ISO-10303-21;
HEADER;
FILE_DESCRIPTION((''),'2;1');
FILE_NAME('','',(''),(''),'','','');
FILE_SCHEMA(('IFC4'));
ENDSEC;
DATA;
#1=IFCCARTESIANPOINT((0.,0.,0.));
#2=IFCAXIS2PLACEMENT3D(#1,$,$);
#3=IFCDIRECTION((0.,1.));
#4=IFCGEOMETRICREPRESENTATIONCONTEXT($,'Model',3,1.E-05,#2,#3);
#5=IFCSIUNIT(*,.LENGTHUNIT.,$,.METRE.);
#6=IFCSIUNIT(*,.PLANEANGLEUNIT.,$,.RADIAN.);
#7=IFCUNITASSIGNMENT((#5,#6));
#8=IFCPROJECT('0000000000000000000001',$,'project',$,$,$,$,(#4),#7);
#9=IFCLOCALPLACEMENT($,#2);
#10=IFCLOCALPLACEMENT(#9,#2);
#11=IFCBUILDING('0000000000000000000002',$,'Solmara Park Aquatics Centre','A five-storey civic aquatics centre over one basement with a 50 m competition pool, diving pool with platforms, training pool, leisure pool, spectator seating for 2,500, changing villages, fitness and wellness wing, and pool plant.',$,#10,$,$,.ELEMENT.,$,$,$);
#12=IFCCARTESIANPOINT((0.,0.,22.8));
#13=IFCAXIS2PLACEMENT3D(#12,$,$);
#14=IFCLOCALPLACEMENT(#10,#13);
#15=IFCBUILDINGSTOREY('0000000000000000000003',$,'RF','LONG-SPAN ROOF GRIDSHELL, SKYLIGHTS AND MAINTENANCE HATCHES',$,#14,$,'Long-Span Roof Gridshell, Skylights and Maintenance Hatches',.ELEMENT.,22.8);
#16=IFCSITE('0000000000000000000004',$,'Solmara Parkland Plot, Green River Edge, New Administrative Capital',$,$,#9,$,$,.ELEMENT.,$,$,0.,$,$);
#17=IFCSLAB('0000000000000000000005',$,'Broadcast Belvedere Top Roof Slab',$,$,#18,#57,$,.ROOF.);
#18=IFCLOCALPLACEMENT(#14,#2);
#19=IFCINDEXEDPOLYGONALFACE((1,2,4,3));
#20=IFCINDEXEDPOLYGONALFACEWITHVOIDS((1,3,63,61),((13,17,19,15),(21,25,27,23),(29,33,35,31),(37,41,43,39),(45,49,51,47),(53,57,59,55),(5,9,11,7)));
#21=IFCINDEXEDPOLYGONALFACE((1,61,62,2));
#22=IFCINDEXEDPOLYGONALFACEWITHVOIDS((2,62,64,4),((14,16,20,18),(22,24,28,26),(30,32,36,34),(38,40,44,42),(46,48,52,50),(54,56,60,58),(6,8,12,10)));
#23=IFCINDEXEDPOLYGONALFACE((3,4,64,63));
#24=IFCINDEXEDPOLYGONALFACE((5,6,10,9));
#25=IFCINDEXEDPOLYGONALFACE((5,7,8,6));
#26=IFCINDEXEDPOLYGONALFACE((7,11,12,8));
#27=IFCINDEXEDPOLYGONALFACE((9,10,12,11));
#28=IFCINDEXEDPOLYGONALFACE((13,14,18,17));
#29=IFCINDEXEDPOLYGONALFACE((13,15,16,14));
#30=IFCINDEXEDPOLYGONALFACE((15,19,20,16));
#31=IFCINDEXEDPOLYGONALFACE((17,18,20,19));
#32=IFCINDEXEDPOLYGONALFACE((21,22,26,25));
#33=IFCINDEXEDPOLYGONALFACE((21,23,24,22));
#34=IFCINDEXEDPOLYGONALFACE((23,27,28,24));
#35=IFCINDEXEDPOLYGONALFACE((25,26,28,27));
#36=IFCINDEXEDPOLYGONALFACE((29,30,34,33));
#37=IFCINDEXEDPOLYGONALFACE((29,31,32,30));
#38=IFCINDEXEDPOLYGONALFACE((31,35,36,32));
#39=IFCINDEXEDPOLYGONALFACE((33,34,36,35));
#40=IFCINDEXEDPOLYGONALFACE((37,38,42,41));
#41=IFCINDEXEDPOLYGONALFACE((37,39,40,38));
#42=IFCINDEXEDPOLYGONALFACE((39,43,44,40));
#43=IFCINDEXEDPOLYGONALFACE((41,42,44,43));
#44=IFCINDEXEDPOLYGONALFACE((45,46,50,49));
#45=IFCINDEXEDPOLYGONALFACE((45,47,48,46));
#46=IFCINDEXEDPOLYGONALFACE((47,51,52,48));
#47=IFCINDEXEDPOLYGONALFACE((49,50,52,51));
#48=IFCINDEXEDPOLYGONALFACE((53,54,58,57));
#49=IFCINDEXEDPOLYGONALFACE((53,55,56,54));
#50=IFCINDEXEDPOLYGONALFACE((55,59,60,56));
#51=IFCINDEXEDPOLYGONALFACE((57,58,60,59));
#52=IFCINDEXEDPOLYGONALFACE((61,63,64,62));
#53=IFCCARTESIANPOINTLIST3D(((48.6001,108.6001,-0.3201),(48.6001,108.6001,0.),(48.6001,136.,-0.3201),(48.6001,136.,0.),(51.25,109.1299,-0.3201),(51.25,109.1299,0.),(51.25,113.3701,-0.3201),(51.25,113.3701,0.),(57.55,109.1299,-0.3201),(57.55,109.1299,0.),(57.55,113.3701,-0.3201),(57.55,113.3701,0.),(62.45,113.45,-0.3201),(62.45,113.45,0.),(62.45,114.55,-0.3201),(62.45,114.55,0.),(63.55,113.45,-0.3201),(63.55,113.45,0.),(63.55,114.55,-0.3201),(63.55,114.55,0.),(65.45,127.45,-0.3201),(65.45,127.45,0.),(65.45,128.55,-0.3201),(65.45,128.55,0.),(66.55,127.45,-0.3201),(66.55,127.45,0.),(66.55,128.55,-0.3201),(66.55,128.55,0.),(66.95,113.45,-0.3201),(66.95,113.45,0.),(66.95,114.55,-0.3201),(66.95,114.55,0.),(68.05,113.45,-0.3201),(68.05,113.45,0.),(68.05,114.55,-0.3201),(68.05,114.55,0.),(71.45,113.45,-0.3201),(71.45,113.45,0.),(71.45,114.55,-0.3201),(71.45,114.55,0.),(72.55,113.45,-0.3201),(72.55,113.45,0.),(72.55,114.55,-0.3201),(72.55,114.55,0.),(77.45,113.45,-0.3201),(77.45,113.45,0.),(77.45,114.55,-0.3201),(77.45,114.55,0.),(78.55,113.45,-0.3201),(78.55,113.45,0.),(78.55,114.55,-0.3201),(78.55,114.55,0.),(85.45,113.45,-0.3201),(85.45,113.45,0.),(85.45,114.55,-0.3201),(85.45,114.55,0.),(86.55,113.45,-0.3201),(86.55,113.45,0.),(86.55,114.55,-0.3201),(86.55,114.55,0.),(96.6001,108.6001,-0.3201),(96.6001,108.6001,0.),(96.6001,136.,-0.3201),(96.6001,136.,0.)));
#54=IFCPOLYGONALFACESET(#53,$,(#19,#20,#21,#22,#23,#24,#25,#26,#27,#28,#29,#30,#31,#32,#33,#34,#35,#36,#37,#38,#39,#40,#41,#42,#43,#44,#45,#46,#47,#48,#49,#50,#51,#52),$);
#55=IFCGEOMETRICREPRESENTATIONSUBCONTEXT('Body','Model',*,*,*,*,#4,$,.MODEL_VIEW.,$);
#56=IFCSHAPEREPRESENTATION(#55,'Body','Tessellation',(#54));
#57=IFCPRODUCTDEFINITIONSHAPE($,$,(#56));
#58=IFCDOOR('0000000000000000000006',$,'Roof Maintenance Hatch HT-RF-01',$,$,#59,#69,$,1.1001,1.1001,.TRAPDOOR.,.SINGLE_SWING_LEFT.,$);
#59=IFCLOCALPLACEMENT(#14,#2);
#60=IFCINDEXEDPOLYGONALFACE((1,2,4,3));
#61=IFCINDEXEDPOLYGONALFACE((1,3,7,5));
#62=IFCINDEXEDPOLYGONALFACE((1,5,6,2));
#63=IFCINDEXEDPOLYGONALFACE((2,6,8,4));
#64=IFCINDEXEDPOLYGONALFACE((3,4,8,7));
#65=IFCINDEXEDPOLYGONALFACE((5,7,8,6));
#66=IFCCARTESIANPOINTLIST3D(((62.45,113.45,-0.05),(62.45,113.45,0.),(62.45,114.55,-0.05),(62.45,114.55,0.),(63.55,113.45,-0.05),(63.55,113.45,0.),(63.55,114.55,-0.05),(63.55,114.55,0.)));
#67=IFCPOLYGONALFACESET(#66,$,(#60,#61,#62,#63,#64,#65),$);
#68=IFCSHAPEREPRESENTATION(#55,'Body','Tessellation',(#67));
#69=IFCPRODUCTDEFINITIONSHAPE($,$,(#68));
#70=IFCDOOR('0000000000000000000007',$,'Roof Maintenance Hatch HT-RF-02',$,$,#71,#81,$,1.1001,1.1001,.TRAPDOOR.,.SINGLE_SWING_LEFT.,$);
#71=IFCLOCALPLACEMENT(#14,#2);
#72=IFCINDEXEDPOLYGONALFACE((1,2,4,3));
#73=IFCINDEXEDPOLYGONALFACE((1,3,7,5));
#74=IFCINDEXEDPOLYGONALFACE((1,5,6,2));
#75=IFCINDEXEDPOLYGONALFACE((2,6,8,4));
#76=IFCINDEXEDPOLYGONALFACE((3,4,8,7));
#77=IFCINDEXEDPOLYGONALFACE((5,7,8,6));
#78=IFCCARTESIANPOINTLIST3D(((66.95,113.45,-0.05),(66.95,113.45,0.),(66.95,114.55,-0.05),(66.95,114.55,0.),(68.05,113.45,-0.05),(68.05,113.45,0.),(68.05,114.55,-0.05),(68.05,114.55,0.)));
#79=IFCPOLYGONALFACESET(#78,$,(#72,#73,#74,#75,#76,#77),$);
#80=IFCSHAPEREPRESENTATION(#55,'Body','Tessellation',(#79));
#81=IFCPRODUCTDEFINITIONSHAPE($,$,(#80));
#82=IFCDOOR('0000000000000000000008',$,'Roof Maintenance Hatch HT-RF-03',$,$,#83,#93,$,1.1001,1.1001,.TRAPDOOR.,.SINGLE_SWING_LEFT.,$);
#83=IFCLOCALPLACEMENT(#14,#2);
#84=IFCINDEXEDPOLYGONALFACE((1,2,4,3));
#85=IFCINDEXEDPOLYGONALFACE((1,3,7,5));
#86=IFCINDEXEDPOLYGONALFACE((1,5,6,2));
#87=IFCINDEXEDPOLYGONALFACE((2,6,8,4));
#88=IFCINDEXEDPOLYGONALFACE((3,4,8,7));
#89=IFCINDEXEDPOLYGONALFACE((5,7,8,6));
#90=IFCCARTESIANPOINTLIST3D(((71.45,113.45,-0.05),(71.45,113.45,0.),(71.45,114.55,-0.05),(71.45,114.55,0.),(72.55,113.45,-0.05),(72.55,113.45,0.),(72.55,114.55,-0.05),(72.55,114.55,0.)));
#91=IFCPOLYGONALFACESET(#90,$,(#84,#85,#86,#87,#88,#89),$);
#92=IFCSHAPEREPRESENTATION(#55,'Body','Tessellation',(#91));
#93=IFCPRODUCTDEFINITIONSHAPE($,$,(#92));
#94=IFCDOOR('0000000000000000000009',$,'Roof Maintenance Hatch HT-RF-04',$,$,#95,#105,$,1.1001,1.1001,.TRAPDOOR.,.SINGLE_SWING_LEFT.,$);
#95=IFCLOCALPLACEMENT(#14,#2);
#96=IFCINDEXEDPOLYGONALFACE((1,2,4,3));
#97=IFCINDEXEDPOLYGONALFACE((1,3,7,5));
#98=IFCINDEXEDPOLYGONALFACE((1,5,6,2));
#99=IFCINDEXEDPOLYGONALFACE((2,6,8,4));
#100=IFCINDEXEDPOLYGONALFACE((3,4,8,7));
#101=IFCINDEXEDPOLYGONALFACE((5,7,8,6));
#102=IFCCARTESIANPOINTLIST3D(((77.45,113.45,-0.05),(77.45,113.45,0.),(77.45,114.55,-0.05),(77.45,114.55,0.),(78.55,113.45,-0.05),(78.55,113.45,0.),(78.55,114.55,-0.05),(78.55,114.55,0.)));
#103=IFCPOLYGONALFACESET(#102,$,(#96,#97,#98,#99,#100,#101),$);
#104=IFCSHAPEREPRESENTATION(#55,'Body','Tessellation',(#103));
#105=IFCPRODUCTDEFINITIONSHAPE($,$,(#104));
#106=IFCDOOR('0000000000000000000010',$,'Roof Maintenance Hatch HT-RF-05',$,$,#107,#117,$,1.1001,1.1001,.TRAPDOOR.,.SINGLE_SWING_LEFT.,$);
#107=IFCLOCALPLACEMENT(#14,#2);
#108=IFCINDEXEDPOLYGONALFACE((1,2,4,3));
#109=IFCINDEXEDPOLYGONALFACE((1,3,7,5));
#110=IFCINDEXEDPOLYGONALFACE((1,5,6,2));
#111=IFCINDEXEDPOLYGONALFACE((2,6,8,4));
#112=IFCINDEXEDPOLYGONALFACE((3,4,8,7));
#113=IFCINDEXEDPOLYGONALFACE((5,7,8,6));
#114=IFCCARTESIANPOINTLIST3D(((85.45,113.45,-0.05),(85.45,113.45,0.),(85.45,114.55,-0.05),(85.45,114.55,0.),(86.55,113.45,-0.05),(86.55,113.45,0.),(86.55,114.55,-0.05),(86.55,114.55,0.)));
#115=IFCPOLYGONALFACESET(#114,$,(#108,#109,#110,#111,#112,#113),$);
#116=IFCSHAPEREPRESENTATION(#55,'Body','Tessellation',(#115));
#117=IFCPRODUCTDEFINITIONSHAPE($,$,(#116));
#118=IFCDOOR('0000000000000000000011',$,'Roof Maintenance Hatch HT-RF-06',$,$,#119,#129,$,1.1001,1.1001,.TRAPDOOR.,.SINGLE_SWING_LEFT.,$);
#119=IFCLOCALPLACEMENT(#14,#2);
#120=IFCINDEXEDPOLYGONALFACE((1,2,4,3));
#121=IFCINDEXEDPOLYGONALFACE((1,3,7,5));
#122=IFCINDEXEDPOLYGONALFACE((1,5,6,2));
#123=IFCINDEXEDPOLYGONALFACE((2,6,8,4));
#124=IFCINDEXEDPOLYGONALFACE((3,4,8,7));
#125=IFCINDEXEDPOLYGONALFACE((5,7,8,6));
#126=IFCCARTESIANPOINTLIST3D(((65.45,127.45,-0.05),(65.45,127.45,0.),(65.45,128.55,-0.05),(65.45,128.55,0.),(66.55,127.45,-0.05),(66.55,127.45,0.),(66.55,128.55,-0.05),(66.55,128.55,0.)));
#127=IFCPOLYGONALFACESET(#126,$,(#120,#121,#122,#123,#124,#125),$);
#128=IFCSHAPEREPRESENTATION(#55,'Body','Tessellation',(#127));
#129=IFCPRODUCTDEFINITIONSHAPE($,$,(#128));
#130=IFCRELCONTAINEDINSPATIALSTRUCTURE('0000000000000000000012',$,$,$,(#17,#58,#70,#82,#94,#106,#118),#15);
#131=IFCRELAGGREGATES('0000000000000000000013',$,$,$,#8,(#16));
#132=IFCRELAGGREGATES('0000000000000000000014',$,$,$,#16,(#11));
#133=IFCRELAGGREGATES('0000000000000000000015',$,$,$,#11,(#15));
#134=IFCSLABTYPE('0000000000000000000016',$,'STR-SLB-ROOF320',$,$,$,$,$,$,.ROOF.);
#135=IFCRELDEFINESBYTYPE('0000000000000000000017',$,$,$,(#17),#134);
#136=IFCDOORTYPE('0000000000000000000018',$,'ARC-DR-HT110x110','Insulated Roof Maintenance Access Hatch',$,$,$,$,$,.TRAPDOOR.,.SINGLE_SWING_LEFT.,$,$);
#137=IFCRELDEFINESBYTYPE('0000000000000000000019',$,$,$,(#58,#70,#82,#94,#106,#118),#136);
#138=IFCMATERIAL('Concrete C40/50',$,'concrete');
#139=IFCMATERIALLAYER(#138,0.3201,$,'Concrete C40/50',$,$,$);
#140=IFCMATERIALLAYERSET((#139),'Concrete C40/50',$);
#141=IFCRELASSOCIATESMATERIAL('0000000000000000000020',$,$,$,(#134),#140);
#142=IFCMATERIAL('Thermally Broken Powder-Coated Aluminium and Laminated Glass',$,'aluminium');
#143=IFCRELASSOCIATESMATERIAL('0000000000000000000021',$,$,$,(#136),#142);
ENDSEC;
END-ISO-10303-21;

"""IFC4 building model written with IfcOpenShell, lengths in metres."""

from ifc_helpers import new_model, si_unit, direction, frame, origin, origin_2d, place, context, subcontext, project, spatial, polyline, rectangle, outline, extrude, material, layer, layer_set, type_object, element, fill, save


model = new_model("IFC4")

# Units and contexts
model_context = context("Model", 3, precision=1e-05, world=origin(), true_north=direction((0.0, 1.0)))
body_context = subcontext(model_context, "Body", "Model", "MODEL_VIEW")
ifc_project = project(units=[si_unit("LENGTHUNIT", "METRE"), si_unit("PLANEANGLEUNIT", "RADIAN")], contexts=[model_context])

# Site, building, storey
site_placement = place(None, origin())
site = spatial("IfcSite", under=ifc_project, at=site_placement, Name="Solmara Parkland Plot, Green River Edge, New Administrative Capital", CompositionType="ELEMENT", RefElevation=0.0)
building_placement = place(site_placement, origin())
building = spatial("IfcBuilding", under=site, at=building_placement, Name="Solmara Park Aquatics Centre", Description="A five-storey civic aquatics centre over one basement with a 50 m competition pool, diving pool with platforms, training pool, leisure pool, spectator seating for 2,500, changing villages, fitness and wellness wing, and pool plant.", CompositionType="ELEMENT")
storey_placement = place(building_placement, frame((0.0, 0.0, 22.8)))
storey = spatial("IfcBuildingStorey", under=building, at=storey_placement, Name="RF", Description="LONG-SPAN ROOF GRIDSHELL, SKYLIGHTS AND MAINTENANCE HATCHES", LongName="Long-Span Roof Gridshell, Skylights and Maintenance Hatches", CompositionType="ELEMENT", Elevation=22.8)

# Shared definitions
ifc_material_1 = material(Name="Concrete C40/50", Category="concrete")

# Shared definitions
ifc_layer_1 = layer(ifc_material_1, 0.3201, Name="Concrete C40/50")
ifc_layer_set_1 = layer_set([ifc_layer_1], Name="Concrete C40/50")
slab_type_1 = type_object("IfcSlabType", Name="STR-SLB-ROOF320", PredefinedType="ROOF", material=ifc_layer_set_1)

# Slab, openings, doors
slab_1_placement = place(storey_placement, frame((0.0, 0.0, -0.3201)))
slab_1 = element("IfcSlab", 1, at=slab_1_placement, inside=storey, type_object=slab_type_1, Name="Broadcast Belvedere Top Roof Slab", PredefinedType="ROOF", context=body_context, shape_type="SweptSolid", body=[
    extrude(outline(polyline([(48.6001, 108.6001), (96.6001, 108.6001), (96.6001, 136.0), (48.6001, 136.0), (48.6001, 108.6001)]), holes=[polyline([(51.25, 109.1299), (57.55, 109.1299), (57.55, 113.3701), (51.25, 113.3701), (51.25, 109.1299)])]), origin(), (0.0, 0.0, 1.0), 0.3201),
])
opening_1_placement = place(slab_1_placement, frame((63.0, 114.0, 0.0)))
opening_1 = element("IfcOpeningElement", 2, at=opening_1_placement, cuts=slab_1, PredefinedType="OPENING", context=body_context, shape_type="SweptSolid", body=[
    extrude(rectangle(XDim=1.1001, YDim=1.1001, at=origin_2d()), frame((0.0, 0.0, -0.01)), (0.0, 0.0, 1.0), 0.3401),
])
opening_2_placement = place(slab_1_placement, frame((67.5, 114.0, 0.0)))
opening_2 = element("IfcOpeningElement", 3, at=opening_2_placement, cuts=slab_1, PredefinedType="OPENING", context=body_context, shape_type="SweptSolid", body=[
    extrude(rectangle(XDim=1.1001, YDim=1.1001, at=origin_2d()), frame((0.0, 0.0, -0.01)), (0.0, 0.0, 1.0), 0.3401),
])
opening_3_placement = place(slab_1_placement, frame((72.0, 114.0, 0.0)))
opening_3 = element("IfcOpeningElement", 4, at=opening_3_placement, cuts=slab_1, PredefinedType="OPENING", context=body_context, shape_type="SweptSolid", body=[
    extrude(rectangle(XDim=1.1001, YDim=1.1001, at=origin_2d()), frame((0.0, 0.0, -0.01)), (0.0, 0.0, 1.0), 0.3401),
])
opening_4_placement = place(slab_1_placement, frame((78.0, 114.0, 0.0)))
opening_4 = element("IfcOpeningElement", 5, at=opening_4_placement, cuts=slab_1, PredefinedType="OPENING", context=body_context, shape_type="SweptSolid", body=[
    extrude(rectangle(XDim=1.1001, YDim=1.1001, at=origin_2d()), frame((0.0, 0.0, -0.01)), (0.0, 0.0, 1.0), 0.3401),
])
opening_5_placement = place(slab_1_placement, frame((86.0, 114.0, 0.0)))
opening_5 = element("IfcOpeningElement", 6, at=opening_5_placement, cuts=slab_1, PredefinedType="OPENING", context=body_context, shape_type="SweptSolid", body=[
    extrude(rectangle(XDim=1.1001, YDim=1.1001, at=origin_2d()), frame((0.0, 0.0, -0.01)), (0.0, 0.0, 1.0), 0.3401),
])
opening_6_placement = place(slab_1_placement, frame((66.0, 128.0, 0.0)))
opening_6 = element("IfcOpeningElement", 7, at=opening_6_placement, cuts=slab_1, PredefinedType="OPENING", context=body_context, shape_type="SweptSolid", body=[
    extrude(rectangle(XDim=1.1001, YDim=1.1001, at=origin_2d()), frame((0.0, 0.0, -0.01)), (0.0, 0.0, 1.0), 0.3401),
])
ifc_material_2 = material(Name="Thermally Broken Powder-Coated Aluminium and Laminated Glass", Category="aluminium")
door_type = type_object("IfcDoorType", Name="ARC-DR-HT110x110", Description="Insulated Roof Maintenance Access Hatch", OperationType="SINGLE_SWING_LEFT", PredefinedType="TRAPDOOR", material=ifc_material_2)
door_1_placement = place(opening_1_placement, frame((0.0, 0.0, 0.27)))
door_1 = element("IfcDoor", 8, at=door_1_placement, inside=storey, type_object=door_type, Name="Roof Maintenance Hatch HT-RF-01", OperationType="SINGLE_SWING_LEFT", OverallHeight=1.1001, OverallWidth=1.1001, PredefinedType="TRAPDOOR", context=body_context, shape_type="SweptSolid", body=[
    extrude(rectangle(XDim=1.1001, YDim=1.1001, at=origin_2d()), origin(), (0.0, 0.0, 1.0), 0.05),
])
fill(opening_1, door_1)
door_2_placement = place(opening_2_placement, frame((0.0, 0.0, 0.27)))
door_2 = element("IfcDoor", 9, at=door_2_placement, inside=storey, type_object=door_type, Name="Roof Maintenance Hatch HT-RF-02", OperationType="SINGLE_SWING_LEFT", OverallHeight=1.1001, OverallWidth=1.1001, PredefinedType="TRAPDOOR", context=body_context, shape_type="SweptSolid", body=[
    extrude(rectangle(XDim=1.1001, YDim=1.1001, at=origin_2d()), origin(), (0.0, 0.0, 1.0), 0.05),
])
fill(opening_2, door_2)
door_3_placement = place(opening_3_placement, frame((0.0, 0.0, 0.27)))
door_3 = element("IfcDoor", 10, at=door_3_placement, inside=storey, type_object=door_type, Name="Roof Maintenance Hatch HT-RF-03", OperationType="SINGLE_SWING_LEFT", OverallHeight=1.1001, OverallWidth=1.1001, PredefinedType="TRAPDOOR", context=body_context, shape_type="SweptSolid", body=[
    extrude(rectangle(XDim=1.1001, YDim=1.1001, at=origin_2d()), origin(), (0.0, 0.0, 1.0), 0.05),
])
fill(opening_3, door_3)
door_4_placement = place(opening_4_placement, frame((0.0, 0.0, 0.27)))
door_4 = element("IfcDoor", 11, at=door_4_placement, inside=storey, type_object=door_type, Name="Roof Maintenance Hatch HT-RF-04", OperationType="SINGLE_SWING_LEFT", OverallHeight=1.1001, OverallWidth=1.1001, PredefinedType="TRAPDOOR", context=body_context, shape_type="SweptSolid", body=[
    extrude(rectangle(XDim=1.1001, YDim=1.1001, at=origin_2d()), origin(), (0.0, 0.0, 1.0), 0.05),
])
fill(opening_4, door_4)
door_5_placement = place(opening_5_placement, frame((0.0, 0.0, 0.27)))
door_5 = element("IfcDoor", 12, at=door_5_placement, inside=storey, type_object=door_type, Name="Roof Maintenance Hatch HT-RF-05", OperationType="SINGLE_SWING_LEFT", OverallHeight=1.1001, OverallWidth=1.1001, PredefinedType="TRAPDOOR", context=body_context, shape_type="SweptSolid", body=[
    extrude(rectangle(XDim=1.1001, YDim=1.1001, at=origin_2d()), origin(), (0.0, 0.0, 1.0), 0.05),
])
fill(opening_5, door_5)
door_6_placement = place(opening_6_placement, frame((0.0, 0.0, 0.27)))
door_6 = element("IfcDoor", 13, at=door_6_placement, inside=storey, type_object=door_type, Name="Roof Maintenance Hatch HT-RF-06", OperationType="SINGLE_SWING_LEFT", OverallHeight=1.1001, OverallWidth=1.1001, PredefinedType="TRAPDOOR", context=body_context, shape_type="SweptSolid", body=[
    extrude(rectangle(XDim=1.1001, YDim=1.1001, at=origin_2d()), origin(), (0.0, 0.0, 1.0), 0.05),
])
fill(opening_6, door_6)

save(model, "model.ifc")
